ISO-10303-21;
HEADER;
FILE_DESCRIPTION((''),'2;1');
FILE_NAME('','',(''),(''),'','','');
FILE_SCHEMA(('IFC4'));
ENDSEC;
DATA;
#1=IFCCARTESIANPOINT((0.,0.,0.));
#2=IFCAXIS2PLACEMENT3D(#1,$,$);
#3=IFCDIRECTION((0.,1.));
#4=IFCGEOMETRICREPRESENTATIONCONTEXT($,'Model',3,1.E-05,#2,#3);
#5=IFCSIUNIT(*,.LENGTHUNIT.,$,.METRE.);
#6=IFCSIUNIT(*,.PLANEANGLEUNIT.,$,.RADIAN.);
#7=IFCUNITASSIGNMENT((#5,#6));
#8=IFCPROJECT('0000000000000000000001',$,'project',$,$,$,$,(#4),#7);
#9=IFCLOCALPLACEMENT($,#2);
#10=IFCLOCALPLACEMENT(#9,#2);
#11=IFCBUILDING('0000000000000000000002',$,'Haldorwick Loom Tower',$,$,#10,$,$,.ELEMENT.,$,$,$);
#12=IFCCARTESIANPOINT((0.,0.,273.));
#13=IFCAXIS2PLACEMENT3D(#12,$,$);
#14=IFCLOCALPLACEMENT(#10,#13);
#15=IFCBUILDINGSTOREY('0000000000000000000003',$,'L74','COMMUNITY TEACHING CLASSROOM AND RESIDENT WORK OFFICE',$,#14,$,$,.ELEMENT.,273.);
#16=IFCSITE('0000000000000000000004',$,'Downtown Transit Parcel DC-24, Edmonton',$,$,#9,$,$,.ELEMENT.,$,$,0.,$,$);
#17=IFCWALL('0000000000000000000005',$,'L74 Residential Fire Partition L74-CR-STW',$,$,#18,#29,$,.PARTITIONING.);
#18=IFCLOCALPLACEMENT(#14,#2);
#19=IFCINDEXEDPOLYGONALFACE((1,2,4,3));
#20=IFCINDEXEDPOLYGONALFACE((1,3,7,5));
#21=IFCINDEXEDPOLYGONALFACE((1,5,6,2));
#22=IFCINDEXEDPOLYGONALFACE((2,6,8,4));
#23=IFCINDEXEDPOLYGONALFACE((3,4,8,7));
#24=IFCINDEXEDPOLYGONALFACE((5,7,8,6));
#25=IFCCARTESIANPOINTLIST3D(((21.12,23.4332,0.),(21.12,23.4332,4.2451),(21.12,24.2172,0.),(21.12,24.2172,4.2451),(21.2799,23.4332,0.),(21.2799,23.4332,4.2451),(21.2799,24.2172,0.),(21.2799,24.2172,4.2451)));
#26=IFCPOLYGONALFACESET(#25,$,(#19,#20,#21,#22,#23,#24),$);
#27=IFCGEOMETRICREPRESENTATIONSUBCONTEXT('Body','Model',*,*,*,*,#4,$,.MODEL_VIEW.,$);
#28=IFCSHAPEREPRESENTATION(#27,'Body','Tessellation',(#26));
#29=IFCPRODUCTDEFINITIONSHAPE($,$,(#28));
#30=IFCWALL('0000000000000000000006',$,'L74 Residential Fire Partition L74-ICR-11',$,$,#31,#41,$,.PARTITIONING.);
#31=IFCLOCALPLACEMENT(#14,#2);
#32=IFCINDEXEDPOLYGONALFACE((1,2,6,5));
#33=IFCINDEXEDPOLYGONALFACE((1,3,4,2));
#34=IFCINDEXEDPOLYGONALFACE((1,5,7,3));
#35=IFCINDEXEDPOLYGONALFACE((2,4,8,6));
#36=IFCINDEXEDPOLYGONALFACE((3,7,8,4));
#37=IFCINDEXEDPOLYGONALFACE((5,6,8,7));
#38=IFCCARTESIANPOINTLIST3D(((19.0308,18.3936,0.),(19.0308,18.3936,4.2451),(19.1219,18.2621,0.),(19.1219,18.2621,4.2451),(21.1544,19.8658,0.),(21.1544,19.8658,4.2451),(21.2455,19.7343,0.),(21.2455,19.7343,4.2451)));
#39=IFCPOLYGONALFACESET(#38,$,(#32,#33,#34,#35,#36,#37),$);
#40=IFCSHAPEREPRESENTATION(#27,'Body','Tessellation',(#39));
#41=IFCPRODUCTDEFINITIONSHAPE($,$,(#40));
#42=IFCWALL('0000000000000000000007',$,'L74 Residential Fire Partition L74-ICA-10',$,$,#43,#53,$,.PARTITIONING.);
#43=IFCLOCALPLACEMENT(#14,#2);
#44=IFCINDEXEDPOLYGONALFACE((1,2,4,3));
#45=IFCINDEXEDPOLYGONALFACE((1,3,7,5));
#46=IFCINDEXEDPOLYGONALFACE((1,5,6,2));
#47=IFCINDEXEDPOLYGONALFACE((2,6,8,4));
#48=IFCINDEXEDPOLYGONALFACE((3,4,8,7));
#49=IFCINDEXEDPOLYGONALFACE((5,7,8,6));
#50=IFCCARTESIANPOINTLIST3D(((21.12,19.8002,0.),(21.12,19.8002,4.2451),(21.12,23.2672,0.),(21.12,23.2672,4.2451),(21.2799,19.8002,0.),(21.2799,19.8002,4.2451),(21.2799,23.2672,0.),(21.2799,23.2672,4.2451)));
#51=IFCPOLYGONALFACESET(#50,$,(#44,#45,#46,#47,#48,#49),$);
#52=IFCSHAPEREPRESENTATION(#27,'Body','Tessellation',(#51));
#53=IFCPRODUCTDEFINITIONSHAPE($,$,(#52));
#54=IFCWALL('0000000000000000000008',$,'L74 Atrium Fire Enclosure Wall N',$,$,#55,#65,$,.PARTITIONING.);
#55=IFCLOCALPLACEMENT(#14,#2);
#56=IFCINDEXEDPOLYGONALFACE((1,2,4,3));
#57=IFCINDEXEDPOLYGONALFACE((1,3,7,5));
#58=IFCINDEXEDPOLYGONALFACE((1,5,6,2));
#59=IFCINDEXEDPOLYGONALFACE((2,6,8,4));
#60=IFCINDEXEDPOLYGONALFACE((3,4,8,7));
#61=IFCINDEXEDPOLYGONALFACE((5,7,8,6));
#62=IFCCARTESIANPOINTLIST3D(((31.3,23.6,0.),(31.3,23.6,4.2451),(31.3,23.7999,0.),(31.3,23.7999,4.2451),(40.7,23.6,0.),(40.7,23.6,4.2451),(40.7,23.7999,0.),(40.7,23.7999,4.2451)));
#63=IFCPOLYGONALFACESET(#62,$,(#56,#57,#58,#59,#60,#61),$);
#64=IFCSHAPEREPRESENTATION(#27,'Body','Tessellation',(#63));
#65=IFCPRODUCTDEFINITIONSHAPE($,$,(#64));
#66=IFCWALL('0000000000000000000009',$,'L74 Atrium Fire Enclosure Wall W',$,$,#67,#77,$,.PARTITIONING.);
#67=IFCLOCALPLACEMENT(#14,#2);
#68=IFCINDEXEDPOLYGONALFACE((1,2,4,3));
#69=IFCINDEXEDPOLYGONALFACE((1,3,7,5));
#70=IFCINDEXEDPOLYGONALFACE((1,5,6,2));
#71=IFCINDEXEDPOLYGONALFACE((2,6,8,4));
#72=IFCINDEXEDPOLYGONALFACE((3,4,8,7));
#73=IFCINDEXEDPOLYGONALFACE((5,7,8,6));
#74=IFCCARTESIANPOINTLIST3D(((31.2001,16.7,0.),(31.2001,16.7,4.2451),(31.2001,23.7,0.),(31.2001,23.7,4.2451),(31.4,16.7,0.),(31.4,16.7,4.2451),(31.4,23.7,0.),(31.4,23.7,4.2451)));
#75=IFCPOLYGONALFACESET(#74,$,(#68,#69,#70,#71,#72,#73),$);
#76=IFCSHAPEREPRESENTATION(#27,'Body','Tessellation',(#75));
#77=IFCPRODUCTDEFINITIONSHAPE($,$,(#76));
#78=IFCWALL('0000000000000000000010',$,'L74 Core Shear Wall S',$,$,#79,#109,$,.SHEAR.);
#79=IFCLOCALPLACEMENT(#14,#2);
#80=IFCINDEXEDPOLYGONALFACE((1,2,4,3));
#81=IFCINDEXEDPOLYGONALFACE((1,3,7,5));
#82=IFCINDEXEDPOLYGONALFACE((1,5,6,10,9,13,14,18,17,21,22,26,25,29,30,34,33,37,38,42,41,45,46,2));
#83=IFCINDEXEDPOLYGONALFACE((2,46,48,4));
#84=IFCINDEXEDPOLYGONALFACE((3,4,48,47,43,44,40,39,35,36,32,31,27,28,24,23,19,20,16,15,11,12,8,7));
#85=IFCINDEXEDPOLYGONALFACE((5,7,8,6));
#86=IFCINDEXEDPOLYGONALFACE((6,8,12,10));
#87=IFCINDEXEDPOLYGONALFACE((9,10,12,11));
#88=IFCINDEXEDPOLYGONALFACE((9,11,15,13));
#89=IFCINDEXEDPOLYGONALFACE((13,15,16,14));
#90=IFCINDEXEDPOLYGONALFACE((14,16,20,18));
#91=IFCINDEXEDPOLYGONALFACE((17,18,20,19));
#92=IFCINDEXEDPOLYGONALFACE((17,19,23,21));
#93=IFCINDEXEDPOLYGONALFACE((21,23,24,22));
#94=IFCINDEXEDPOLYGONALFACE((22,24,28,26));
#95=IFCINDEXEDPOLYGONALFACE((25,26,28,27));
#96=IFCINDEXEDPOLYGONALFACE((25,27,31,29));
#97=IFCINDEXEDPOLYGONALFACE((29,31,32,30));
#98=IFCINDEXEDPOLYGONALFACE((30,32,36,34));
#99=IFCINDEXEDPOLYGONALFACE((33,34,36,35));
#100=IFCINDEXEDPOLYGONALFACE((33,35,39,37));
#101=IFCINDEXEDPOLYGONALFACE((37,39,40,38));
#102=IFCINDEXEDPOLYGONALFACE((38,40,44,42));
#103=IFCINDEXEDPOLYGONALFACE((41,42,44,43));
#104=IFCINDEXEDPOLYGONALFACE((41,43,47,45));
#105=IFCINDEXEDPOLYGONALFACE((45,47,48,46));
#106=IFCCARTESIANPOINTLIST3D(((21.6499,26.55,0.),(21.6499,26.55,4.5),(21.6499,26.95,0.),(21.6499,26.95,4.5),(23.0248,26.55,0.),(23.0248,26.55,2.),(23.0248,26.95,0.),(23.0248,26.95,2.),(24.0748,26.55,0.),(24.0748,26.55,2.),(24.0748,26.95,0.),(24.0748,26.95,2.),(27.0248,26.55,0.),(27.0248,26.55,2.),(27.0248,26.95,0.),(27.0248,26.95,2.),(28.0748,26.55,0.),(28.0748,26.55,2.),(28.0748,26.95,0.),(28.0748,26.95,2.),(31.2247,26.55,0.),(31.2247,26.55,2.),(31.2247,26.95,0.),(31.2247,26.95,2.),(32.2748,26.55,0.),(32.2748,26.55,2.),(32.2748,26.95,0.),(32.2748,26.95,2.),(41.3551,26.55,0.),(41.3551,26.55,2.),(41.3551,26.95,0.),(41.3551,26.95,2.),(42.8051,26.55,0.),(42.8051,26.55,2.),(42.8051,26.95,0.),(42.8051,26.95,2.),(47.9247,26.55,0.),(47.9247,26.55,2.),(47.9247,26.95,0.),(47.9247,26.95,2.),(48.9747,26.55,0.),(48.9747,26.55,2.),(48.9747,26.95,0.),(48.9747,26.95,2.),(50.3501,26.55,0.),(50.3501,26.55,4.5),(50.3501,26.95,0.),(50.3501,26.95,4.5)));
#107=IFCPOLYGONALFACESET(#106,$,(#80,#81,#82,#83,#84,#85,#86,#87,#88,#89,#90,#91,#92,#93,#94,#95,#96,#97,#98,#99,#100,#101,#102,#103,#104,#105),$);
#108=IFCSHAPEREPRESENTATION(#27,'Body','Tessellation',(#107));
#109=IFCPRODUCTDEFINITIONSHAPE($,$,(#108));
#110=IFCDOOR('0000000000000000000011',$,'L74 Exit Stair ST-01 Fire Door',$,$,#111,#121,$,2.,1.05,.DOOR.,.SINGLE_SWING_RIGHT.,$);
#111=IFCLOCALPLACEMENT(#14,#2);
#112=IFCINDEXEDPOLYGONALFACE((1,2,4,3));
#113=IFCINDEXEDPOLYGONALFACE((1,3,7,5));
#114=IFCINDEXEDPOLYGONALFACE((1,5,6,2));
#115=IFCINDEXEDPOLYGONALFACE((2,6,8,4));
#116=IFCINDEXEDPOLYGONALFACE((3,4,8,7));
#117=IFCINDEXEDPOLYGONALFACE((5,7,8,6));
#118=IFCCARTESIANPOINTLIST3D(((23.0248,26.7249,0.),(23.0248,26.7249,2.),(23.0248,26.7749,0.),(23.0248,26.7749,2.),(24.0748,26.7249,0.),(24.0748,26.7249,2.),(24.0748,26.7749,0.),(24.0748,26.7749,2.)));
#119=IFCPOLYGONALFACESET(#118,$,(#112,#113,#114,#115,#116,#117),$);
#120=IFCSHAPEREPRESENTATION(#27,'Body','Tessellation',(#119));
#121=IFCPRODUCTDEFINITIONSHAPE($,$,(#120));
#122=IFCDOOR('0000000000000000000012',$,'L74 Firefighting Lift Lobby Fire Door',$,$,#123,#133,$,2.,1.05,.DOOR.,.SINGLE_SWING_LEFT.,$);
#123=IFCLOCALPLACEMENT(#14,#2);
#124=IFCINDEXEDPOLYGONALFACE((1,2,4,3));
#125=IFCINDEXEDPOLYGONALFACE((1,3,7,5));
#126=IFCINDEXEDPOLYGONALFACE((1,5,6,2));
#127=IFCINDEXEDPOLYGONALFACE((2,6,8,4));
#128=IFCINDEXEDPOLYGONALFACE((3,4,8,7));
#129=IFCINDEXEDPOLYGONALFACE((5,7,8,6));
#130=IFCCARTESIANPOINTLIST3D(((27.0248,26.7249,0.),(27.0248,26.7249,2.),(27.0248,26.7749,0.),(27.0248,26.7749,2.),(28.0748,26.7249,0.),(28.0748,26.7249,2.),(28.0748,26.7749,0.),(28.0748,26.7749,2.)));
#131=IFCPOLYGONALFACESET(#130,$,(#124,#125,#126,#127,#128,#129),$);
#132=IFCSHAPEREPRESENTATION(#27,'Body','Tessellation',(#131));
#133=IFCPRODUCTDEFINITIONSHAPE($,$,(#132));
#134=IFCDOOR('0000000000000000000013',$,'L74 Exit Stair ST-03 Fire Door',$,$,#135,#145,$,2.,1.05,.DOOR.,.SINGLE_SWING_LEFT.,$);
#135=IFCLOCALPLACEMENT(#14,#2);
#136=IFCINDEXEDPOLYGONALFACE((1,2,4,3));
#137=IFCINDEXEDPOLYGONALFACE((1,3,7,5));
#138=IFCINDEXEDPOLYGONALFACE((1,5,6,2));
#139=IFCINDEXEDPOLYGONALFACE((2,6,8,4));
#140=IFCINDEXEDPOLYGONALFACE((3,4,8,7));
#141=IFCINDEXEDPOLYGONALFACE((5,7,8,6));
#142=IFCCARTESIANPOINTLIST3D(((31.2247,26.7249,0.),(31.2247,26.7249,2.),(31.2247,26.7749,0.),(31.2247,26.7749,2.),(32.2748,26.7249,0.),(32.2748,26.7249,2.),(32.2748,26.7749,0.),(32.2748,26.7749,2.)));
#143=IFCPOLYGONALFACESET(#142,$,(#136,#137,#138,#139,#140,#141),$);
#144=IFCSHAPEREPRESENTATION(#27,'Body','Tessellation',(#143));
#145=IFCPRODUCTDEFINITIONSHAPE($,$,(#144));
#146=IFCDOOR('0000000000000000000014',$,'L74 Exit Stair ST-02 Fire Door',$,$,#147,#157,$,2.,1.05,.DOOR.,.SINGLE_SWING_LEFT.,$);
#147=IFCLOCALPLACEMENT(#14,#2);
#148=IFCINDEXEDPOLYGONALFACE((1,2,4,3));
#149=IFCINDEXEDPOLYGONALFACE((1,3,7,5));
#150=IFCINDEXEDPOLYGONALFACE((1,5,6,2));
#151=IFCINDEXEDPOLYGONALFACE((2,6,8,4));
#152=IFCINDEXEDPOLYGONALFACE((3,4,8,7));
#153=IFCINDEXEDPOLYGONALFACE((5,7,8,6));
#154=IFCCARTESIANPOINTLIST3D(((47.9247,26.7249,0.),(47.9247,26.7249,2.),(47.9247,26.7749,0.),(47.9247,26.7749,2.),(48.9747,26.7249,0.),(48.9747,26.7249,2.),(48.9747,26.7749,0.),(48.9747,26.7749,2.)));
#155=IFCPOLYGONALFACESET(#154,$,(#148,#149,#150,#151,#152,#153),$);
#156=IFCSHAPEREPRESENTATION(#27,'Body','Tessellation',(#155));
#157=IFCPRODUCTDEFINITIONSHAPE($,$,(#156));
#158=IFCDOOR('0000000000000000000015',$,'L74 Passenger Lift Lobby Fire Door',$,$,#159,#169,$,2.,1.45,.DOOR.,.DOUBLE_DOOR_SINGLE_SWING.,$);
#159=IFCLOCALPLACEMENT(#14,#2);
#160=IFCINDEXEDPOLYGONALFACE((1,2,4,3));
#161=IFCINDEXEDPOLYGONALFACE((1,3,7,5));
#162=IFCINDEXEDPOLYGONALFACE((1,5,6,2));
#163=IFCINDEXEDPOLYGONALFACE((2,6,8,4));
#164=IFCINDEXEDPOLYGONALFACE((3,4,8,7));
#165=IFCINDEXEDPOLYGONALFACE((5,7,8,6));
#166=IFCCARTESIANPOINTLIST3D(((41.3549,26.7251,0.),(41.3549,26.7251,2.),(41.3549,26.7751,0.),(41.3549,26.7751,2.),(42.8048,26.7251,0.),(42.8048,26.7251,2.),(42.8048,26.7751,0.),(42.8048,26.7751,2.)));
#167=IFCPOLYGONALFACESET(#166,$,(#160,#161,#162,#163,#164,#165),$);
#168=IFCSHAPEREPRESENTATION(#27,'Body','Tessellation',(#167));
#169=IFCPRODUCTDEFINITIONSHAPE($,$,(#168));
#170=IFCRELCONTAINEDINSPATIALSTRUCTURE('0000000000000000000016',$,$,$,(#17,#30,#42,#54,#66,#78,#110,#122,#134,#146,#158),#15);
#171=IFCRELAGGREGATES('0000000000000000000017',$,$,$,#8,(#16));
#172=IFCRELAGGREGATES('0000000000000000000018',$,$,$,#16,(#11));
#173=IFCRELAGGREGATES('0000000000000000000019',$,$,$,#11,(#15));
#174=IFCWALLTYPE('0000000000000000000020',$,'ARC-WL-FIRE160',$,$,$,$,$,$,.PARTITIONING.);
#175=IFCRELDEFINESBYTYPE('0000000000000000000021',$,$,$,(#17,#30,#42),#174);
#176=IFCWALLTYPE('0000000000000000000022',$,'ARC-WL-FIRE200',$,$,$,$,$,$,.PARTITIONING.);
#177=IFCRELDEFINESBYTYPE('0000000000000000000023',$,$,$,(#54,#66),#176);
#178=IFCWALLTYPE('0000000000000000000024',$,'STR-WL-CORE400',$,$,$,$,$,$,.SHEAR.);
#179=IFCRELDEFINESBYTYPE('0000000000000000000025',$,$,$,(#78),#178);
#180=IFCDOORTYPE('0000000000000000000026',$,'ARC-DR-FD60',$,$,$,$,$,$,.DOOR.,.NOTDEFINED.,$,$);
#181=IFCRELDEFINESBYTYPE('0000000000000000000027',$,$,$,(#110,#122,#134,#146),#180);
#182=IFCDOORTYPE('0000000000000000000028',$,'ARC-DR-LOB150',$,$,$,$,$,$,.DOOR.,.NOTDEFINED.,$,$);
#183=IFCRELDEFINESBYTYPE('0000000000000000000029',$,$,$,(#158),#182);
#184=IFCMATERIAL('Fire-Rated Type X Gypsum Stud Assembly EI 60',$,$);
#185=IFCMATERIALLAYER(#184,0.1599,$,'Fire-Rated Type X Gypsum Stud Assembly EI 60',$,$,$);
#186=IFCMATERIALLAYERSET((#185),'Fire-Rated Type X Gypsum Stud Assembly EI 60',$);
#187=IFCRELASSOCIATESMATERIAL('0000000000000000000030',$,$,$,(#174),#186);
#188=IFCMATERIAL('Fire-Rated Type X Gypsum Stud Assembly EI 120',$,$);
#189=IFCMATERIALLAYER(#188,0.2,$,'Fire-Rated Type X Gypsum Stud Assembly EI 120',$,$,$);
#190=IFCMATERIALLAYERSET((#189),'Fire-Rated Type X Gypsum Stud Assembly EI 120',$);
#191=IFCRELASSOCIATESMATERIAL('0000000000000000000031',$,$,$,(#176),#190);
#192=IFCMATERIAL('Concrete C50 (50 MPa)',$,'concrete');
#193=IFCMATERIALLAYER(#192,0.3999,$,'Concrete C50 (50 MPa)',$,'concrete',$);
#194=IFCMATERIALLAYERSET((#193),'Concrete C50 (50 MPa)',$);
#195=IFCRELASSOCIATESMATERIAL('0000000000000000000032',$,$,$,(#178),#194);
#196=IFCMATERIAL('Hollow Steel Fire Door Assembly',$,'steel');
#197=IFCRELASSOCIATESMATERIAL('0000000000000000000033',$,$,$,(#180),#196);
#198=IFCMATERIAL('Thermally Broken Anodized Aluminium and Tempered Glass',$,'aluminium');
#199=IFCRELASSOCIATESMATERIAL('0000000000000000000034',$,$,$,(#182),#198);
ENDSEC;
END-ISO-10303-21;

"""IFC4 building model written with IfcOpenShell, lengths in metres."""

from ifc_helpers import new_model, si_unit, direction, frame, frame_2d, origin, place, context, subcontext, project, spatial, rectangle, extrude, material, layer, layer_set, type_object, element, fill, save


model = new_model("IFC4")

# Units and contexts
model_context = context("Model", 3, precision=1e-05, world=origin(), true_north=direction((0.0, 1.0)))
body_context = subcontext(model_context, "Body", "Model", "MODEL_VIEW")
ifc_project = project(units=[si_unit("LENGTHUNIT", "METRE"), si_unit("PLANEANGLEUNIT", "RADIAN")], contexts=[model_context])

# Site, building, storey
site_placement = place(None, origin())
site = spatial("IfcSite", under=ifc_project, at=site_placement, Name="Downtown Transit Parcel DC-24, Edmonton", CompositionType="ELEMENT", RefElevation=0.0)
building_placement = place(site_placement, origin())
building = spatial("IfcBuilding", under=site, at=building_placement, Name="Haldorwick Loom Tower", CompositionType="ELEMENT")
storey_placement = place(building_placement, frame((0.0, 0.0, 273.0)))
storey = spatial("IfcBuildingStorey", under=building, at=storey_placement, Name="L74", Description="COMMUNITY TEACHING CLASSROOM AND RESIDENT WORK OFFICE", CompositionType="ELEMENT", Elevation=273.0)

# Shared definitions
ifc_material_1 = material(Name="Concrete C50 (50 MPa)", Category="concrete")

# Walls
ifc_material_2 = material(Name="Fire-Rated Type X Gypsum Stud Assembly EI 60")
ifc_layer_1 = layer(ifc_material_2, 0.1599, Name="Fire-Rated Type X Gypsum Stud Assembly EI 60")
ifc_layer_set_1 = layer_set([ifc_layer_1], Name="Fire-Rated Type X Gypsum Stud Assembly EI 60")
wall_type_1 = type_object("IfcWallType", Name="ARC-WL-FIRE160", PredefinedType="PARTITIONING", material=ifc_layer_set_1)
wall_1_placement = place(storey_placement, frame((21.2, 23.4331, 0.0), z_axis=(0.0, 0.0, 1.0), x_axis=(0.0, 1.0, 0.0)))
element("IfcWall", 1, at=wall_1_placement, inside=storey, type_object=wall_type_1, Name="L74 Residential Fire Partition L74-CR-STW", PredefinedType="PARTITIONING", context=body_context, shape_type="SweptSolid", body=[
    extrude(rectangle(XDim=0.7839, YDim=0.1599, at=frame_2d((0.3921, 0.0))), origin(), (0.0, 0.0, 1.0), 4.2451),
])
wall_2_placement = place(storey_placement, frame((21.2, 19.8, 0.0), z_axis=(0.0, 0.0, 1.0), x_axis=(-0.821825, -0.56974, 0.0)))
element("IfcWall", 2, at=wall_2_placement, inside=storey, type_object=wall_type_1, Name="L74 Residential Fire Partition L74-ICR-11", PredefinedType="PARTITIONING", context=body_context, shape_type="SweptSolid", body=[
    extrude(rectangle(XDim=2.584, YDim=0.1599, at=frame_2d((1.292, 0.0))), origin(), (0.0, 0.0, 1.0), 4.2451),
])
wall_3_placement = place(storey_placement, frame((21.2, 23.2671, 0.0), z_axis=(0.0, 0.0, 1.0), x_axis=(0.0, -1.0, 0.0)))
element("IfcWall", 3, at=wall_3_placement, inside=storey, type_object=wall_type_1, Name="L74 Residential Fire Partition L74-ICA-10", PredefinedType="PARTITIONING", context=body_context, shape_type="SweptSolid", body=[
    extrude(rectangle(XDim=3.467, YDim=0.1599, at=frame_2d((1.7334, 0.0))), origin(), (0.0, 0.0, 1.0), 4.2451),
])
ifc_material_3 = material(Name="Fire-Rated Type X Gypsum Stud Assembly EI 120")
ifc_layer_2 = layer(ifc_material_3, 0.2, Name="Fire-Rated Type X Gypsum Stud Assembly EI 120")
ifc_layer_set_2 = layer_set([ifc_layer_2], Name="Fire-Rated Type X Gypsum Stud Assembly EI 120")
wall_type_2 = type_object("IfcWallType", Name="ARC-WL-FIRE200", PredefinedType="PARTITIONING", material=ifc_layer_set_2)
wall_4_placement = place(storey_placement, frame((31.3, 23.7, 0.0), z_axis=(0.0, 0.0, 1.0), x_axis=(1.0, 0.0, 0.0)))
element("IfcWall", 4, at=wall_4_placement, inside=storey, type_object=wall_type_2, Name="L74 Atrium Fire Enclosure Wall N", PredefinedType="PARTITIONING", context=body_context, shape_type="SweptSolid", body=[
    extrude(rectangle(XDim=9.3999, YDim=0.2, at=frame_2d((4.7, 0.0))), origin(), (0.0, 0.0, 1.0), 4.2451),
])
wall_5_placement = place(storey_placement, frame((31.3, 16.7, 0.0), z_axis=(0.0, 0.0, 1.0), x_axis=(0.0, 1.0, 0.0)))
element("IfcWall", 5, at=wall_5_placement, inside=storey, type_object=wall_type_2, Name="L74 Atrium Fire Enclosure Wall W", PredefinedType="PARTITIONING", context=body_context, shape_type="SweptSolid", body=[
    extrude(rectangle(XDim=7.0, YDim=0.2, at=frame_2d((3.5, 0.0))), origin(), (0.0, 0.0, 1.0), 4.2451),
])

# Wall, openings, doors
ifc_layer_3 = layer(ifc_material_1, 0.3999, Name="Concrete C50 (50 MPa)", Category="concrete")
ifc_layer_set_3 = layer_set([ifc_layer_3], Name="Concrete C50 (50 MPa)")
wall_type_3 = type_object("IfcWallType", Name="STR-WL-CORE400", PredefinedType="SHEAR", material=ifc_layer_set_3)
wall_6_placement = place(storey_placement, frame((21.6499, 26.75, 0.0), z_axis=(0.0, 0.0, 1.0), x_axis=(1.0, 0.0, 0.0)))
wall_6 = element("IfcWall", 6, at=wall_6_placement, inside=storey, type_object=wall_type_3, Name="L74 Core Shear Wall S", PredefinedType="SHEAR", context=body_context, shape_type="SweptSolid", body=[
    extrude(rectangle(XDim=28.7002, YDim=0.3999, at=frame_2d((14.3501, 0.0))), origin(), (0.0, 0.0, 1.0), 4.5),
])
opening_1_placement = place(wall_6_placement, frame((1.375, 0.0, 0.0)))
opening_1 = element("IfcOpeningElement", 7, at=opening_1_placement, cuts=wall_6, PredefinedType="OPENING", context=body_context, shape_type="SweptSolid", body=[
    extrude(rectangle(XDim=1.05, YDim=2.0, at=frame_2d((0.5249, 1.0))), frame((0.0, 0.21, 0.0), z_axis=(0.0, -1.0, 0.0), x_axis=(1.0, 0.0, 0.0)), (0.0, 0.0, 1.0), 0.4199),
])
opening_2_placement = place(wall_6_placement, frame((5.375, 0.0, 0.0)))
opening_2 = element("IfcOpeningElement", 8, at=opening_2_placement, cuts=wall_6, PredefinedType="OPENING", context=body_context, shape_type="SweptSolid", body=[
    extrude(rectangle(XDim=1.05, YDim=2.0, at=frame_2d((0.5249, 1.0))), frame((0.0, 0.21, 0.0), z_axis=(0.0, -1.0, 0.0), x_axis=(1.0, 0.0, 0.0)), (0.0, 0.0, 1.0), 0.4199),
])
opening_3_placement = place(wall_6_placement, frame((9.575, 0.0, 0.0)))
opening_3 = element("IfcOpeningElement", 9, at=opening_3_placement, cuts=wall_6, PredefinedType="OPENING", context=body_context, shape_type="SweptSolid", body=[
    extrude(rectangle(XDim=1.05, YDim=2.0, at=frame_2d((0.5249, 1.0))), frame((0.0, 0.21, 0.0), z_axis=(0.0, -1.0, 0.0), x_axis=(1.0, 0.0, 0.0)), (0.0, 0.0, 1.0), 0.4199),
])
opening_4_placement = place(wall_6_placement, frame((19.7051, 0.0, 0.0)))
opening_4 = element("IfcOpeningElement", 10, at=opening_4_placement, cuts=wall_6, PredefinedType="OPENING", context=body_context, shape_type="SweptSolid", body=[
    extrude(rectangle(XDim=1.45, YDim=2.0, at=frame_2d((0.7251, 1.0))), frame((0.0, 0.21, 0.0), z_axis=(0.0, -1.0, 0.0), x_axis=(1.0, 0.0, 0.0)), (0.0, 0.0, 1.0), 0.4199),
])
opening_5_placement = place(wall_6_placement, frame((26.2749, 0.0, 0.0)))
opening_5 = element("IfcOpeningElement", 11, at=opening_5_placement, cuts=wall_6, PredefinedType="OPENING", context=body_context, shape_type="SweptSolid", body=[
    extrude(rectangle(XDim=1.05, YDim=2.0, at=frame_2d((0.5249, 1.0))), frame((0.0, 0.21, 0.0), z_axis=(0.0, -1.0, 0.0), x_axis=(1.0, 0.0, 0.0)), (0.0, 0.0, 1.0), 0.4199),
])
ifc_material_4 = material(Name="Hollow Steel Fire Door Assembly", Category="steel")
door_type_1 = type_object("IfcDoorType", Name="ARC-DR-FD60", OperationType="NOTDEFINED", PredefinedType="DOOR", material=ifc_material_4)
door_1_placement = place(opening_1_placement, origin())
door_1 = element("IfcDoor", 12, at=door_1_placement, inside=storey, type_object=door_type_1, Name="L74 Exit Stair ST-01 Fire Door", OperationType="SINGLE_SWING_RIGHT", OverallHeight=2.0, OverallWidth=1.05, PredefinedType="DOOR", context=body_context, shape_type="SweptSolid", body=[
    extrude(rectangle(XDim=1.05, YDim=2.0, at=frame_2d((0.5249, 1.0))), frame((0.0, 0.0249, 0.0), z_axis=(0.0, -1.0, 0.0), x_axis=(1.0, 0.0, 0.0)), (0.0, 0.0, 1.0), 0.05),
])
fill(opening_1, door_1)
door_2_placement = place(opening_2_placement, origin())
door_2 = element("IfcDoor", 13, at=door_2_placement, inside=storey, type_object=door_type_1, Name="L74 Firefighting Lift Lobby Fire Door", OperationType="SINGLE_SWING_LEFT", OverallHeight=2.0, OverallWidth=1.05, PredefinedType="DOOR", context=body_context, shape_type="SweptSolid", body=[
    extrude(rectangle(XDim=1.05, YDim=2.0, at=frame_2d((0.5249, 1.0))), frame((0.0, 0.0249, 0.0), z_axis=(0.0, -1.0, 0.0), x_axis=(1.0, 0.0, 0.0)), (0.0, 0.0, 1.0), 0.05),
])
fill(opening_2, door_2)
door_3_placement = place(opening_3_placement, origin())
door_3 = element("IfcDoor", 14, at=door_3_placement, inside=storey, type_object=door_type_1, Name="L74 Exit Stair ST-03 Fire Door", OperationType="SINGLE_SWING_LEFT", OverallHeight=2.0, OverallWidth=1.05, PredefinedType="DOOR", context=body_context, shape_type="SweptSolid", body=[
    extrude(rectangle(XDim=1.05, YDim=2.0, at=frame_2d((0.5249, 1.0))), frame((0.0, 0.0249, 0.0), z_axis=(0.0, -1.0, 0.0), x_axis=(1.0, 0.0, 0.0)), (0.0, 0.0, 1.0), 0.05),
])
fill(opening_3, door_3)
door_4_placement = place(opening_5_placement, origin())
door_4 = element("IfcDoor", 15, at=door_4_placement, inside=storey, type_object=door_type_1, Name="L74 Exit Stair ST-02 Fire Door", OperationType="SINGLE_SWING_LEFT", OverallHeight=2.0, OverallWidth=1.05, PredefinedType="DOOR", context=body_context, shape_type="SweptSolid", body=[
    extrude(rectangle(XDim=1.05, YDim=2.0, at=frame_2d((0.5249, 1.0))), frame((0.0, 0.0249, 0.0), z_axis=(0.0, -1.0, 0.0), x_axis=(1.0, 0.0, 0.0)), (0.0, 0.0, 1.0), 0.05),
])
fill(opening_5, door_4)
ifc_material_5 = material(Name="Thermally Broken Anodized Aluminium and Tempered Glass", Category="aluminium")
door_type_2 = type_object("IfcDoorType", Name="ARC-DR-LOB150", OperationType="NOTDEFINED", PredefinedType="DOOR", material=ifc_material_5)
door_5_placement = place(opening_4_placement, frame((1.45, 0.0, 0.0), z_axis=(0.0, 0.0, 1.0), x_axis=(-1.0, 0.0, 0.0)))
door_5 = element("IfcDoor", 16, at=door_5_placement, inside=storey, type_object=door_type_2, Name="L74 Passenger Lift Lobby Fire Door", OperationType="DOUBLE_DOOR_SINGLE_SWING", OverallHeight=2.0, OverallWidth=1.45, PredefinedType="DOOR", context=body_context, shape_type="SweptSolid", body=[
    extrude(rectangle(XDim=1.45, YDim=2.0, at=frame_2d((0.7251, 1.0))), frame((0.0, 0.0249, 0.0), z_axis=(0.0, -1.0, 0.0), x_axis=(1.0, 0.0, 0.0)), (0.0, 0.0, 1.0), 0.05),
])
fill(opening_4, door_5)

save(model, "model.ifc")
